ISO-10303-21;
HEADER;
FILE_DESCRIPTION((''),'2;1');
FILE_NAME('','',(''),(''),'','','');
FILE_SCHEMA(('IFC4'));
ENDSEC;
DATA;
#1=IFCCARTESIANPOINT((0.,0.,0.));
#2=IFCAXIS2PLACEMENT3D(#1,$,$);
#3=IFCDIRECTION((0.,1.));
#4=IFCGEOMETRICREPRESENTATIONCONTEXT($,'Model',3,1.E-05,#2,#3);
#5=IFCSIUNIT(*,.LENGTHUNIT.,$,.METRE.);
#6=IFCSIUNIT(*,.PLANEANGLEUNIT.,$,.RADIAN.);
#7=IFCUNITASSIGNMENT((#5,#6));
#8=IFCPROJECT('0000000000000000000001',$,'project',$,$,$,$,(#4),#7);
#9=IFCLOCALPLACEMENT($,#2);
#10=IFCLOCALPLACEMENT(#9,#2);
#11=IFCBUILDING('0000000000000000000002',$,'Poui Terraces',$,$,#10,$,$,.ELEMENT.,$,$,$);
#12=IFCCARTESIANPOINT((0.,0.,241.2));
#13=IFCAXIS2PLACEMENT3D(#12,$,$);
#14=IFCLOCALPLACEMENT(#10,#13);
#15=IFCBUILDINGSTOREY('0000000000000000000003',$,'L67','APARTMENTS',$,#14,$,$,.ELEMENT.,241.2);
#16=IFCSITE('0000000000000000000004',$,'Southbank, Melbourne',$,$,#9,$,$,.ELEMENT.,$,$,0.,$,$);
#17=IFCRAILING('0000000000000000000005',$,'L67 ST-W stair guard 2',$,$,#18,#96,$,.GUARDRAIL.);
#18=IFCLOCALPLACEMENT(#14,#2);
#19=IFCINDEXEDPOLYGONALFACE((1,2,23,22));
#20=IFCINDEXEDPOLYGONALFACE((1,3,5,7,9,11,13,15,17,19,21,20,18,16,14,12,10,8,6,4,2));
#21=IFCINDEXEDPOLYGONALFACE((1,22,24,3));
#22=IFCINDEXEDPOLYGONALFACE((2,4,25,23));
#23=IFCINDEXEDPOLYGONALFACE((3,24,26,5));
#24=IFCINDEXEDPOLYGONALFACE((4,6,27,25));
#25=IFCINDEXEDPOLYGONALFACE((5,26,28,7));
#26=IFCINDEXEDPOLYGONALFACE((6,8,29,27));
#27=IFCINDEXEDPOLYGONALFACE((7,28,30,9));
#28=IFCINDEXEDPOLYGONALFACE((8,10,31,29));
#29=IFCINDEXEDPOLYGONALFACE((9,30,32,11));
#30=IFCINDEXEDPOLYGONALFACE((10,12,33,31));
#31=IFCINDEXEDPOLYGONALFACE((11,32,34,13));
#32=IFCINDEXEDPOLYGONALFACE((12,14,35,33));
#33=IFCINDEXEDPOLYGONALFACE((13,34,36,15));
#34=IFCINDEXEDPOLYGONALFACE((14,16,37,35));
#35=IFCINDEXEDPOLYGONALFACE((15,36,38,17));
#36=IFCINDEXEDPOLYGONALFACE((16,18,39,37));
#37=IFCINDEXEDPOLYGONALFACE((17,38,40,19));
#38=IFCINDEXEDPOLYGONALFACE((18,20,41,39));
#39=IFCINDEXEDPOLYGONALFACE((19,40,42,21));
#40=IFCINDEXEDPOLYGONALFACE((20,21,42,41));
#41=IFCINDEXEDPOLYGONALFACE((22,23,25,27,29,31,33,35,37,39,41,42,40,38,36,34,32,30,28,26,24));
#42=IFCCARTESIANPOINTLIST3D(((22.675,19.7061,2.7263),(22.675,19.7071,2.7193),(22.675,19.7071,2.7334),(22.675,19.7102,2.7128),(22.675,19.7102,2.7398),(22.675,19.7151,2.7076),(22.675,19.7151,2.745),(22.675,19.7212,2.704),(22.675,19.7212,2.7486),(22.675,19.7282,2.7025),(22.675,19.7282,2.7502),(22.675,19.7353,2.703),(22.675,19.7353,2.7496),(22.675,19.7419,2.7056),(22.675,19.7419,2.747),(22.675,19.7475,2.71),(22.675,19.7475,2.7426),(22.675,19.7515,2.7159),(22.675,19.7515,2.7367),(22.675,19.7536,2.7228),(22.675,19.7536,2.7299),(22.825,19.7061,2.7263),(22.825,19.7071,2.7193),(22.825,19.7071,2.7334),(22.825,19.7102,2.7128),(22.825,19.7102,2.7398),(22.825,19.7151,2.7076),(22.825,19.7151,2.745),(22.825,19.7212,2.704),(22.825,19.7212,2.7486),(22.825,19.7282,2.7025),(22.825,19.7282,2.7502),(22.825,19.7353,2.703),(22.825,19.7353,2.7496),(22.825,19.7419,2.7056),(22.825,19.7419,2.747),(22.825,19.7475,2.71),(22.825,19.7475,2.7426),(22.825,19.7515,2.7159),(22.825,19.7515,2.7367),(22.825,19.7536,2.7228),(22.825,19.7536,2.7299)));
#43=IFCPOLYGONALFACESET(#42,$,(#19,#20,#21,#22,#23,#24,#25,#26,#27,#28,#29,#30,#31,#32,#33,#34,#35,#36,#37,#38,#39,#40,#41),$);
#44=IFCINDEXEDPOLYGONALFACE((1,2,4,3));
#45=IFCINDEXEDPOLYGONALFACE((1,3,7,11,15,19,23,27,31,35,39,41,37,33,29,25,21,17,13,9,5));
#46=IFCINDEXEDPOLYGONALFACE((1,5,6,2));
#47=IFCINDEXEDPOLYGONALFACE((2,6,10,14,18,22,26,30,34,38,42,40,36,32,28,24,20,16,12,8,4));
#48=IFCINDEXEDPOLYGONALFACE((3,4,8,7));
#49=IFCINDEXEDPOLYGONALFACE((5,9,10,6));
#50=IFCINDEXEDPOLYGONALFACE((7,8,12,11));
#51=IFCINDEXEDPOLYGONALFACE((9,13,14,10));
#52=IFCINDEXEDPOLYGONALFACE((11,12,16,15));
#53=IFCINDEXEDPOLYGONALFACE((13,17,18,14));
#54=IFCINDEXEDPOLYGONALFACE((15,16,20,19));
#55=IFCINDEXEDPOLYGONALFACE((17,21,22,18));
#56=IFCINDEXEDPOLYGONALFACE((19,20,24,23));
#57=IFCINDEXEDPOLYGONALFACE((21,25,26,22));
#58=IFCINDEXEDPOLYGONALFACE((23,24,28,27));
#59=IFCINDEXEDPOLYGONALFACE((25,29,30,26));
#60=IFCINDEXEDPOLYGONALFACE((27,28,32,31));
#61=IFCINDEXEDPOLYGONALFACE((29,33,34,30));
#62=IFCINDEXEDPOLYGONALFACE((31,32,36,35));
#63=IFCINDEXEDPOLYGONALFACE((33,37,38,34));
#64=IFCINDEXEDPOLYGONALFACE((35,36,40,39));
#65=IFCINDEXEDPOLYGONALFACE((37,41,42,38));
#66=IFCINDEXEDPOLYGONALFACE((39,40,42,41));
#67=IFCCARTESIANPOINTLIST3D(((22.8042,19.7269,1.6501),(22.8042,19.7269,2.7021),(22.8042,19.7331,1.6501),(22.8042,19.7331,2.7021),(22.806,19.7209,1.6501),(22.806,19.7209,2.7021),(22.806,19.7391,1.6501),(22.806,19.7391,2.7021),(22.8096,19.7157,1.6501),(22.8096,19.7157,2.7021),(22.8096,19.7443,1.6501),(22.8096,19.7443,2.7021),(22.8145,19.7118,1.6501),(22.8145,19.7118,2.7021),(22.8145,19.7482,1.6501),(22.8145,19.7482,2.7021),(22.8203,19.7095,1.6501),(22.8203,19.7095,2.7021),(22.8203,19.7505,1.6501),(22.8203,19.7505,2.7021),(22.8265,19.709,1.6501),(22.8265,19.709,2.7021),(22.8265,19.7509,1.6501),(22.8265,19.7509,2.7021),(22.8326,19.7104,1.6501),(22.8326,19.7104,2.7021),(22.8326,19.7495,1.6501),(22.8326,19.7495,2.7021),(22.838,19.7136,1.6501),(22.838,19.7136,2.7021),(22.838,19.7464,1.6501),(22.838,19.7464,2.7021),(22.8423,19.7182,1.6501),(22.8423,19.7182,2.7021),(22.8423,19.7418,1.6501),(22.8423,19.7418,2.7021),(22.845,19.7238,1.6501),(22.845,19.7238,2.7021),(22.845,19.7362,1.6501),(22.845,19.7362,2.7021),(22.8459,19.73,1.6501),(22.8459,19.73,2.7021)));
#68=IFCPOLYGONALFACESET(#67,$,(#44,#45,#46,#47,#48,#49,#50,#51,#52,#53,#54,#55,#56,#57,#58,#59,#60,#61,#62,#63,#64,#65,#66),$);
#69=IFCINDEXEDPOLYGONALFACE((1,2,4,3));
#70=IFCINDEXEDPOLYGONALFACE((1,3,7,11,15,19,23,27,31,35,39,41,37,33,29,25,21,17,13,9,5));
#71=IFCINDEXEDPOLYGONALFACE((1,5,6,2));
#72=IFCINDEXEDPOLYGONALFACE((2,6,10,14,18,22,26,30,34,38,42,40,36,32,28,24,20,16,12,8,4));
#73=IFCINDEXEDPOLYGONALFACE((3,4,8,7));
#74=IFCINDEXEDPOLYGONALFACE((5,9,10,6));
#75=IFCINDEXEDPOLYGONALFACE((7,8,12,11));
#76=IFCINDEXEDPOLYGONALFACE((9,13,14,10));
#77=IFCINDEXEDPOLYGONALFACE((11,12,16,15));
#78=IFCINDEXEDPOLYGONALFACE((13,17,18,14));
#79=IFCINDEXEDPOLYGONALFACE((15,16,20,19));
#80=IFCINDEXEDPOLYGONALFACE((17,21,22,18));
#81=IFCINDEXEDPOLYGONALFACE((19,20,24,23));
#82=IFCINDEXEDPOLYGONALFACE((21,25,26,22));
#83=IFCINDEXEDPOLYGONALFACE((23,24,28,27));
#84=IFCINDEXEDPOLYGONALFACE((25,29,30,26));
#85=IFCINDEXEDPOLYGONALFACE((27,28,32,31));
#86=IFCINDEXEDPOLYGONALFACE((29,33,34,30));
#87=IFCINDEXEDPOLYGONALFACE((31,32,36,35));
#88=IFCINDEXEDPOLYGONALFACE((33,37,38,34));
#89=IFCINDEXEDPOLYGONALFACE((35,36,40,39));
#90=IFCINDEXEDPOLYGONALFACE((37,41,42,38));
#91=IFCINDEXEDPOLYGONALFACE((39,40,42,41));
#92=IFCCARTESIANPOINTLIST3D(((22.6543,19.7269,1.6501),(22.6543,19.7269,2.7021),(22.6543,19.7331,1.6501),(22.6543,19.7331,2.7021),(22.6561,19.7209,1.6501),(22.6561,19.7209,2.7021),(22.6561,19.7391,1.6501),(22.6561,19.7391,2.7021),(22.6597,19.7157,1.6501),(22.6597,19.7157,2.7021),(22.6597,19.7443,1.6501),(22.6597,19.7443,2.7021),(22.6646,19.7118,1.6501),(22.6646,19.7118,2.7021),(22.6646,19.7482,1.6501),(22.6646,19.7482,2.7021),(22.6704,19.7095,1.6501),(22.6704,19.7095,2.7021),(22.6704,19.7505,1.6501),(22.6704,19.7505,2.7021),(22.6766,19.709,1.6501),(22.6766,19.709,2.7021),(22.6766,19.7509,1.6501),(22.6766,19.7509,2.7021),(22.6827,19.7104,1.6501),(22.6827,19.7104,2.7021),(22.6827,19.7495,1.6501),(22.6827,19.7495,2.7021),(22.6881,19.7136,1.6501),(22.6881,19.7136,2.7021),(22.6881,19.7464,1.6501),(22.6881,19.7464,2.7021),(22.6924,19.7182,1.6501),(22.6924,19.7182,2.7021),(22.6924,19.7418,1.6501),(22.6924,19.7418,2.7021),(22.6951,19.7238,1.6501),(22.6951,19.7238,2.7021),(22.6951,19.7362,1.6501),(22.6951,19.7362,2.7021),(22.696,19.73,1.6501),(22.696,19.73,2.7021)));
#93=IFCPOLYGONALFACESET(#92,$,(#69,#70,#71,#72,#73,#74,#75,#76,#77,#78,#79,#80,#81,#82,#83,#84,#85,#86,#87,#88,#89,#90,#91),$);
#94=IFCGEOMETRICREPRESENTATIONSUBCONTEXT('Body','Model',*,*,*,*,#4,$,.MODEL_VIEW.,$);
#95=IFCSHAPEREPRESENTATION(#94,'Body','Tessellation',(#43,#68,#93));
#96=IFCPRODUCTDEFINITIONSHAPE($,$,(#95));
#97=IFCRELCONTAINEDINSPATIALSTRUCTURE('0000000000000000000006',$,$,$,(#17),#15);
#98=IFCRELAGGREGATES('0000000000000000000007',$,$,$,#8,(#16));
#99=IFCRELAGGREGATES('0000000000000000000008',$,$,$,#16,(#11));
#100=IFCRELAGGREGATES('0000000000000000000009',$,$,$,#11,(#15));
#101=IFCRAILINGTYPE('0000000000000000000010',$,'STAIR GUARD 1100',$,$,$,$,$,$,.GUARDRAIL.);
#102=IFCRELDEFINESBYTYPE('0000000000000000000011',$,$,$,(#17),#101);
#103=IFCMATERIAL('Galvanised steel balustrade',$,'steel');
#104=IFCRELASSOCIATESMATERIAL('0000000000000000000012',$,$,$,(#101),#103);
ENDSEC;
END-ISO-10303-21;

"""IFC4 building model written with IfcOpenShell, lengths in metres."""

from ifc_helpers import new_model, si_unit, direction, frame, origin, origin_2d, place, context, subcontext, project, spatial, circle, extrude, material, type_object, element, save


model = new_model("IFC4")

# Units and contexts
model_context = context("Model", 3, precision=1e-05, world=origin(), true_north=direction((0.0, 1.0)))
body_context = subcontext(model_context, "Body", "Model", "MODEL_VIEW")
ifc_project = project(units=[si_unit("LENGTHUNIT", "METRE"), si_unit("PLANEANGLEUNIT", "RADIAN")], contexts=[model_context])

# Site, building, storey
site_placement = place(None, origin())
site = spatial("IfcSite", under=ifc_project, at=site_placement, Name="Southbank, Melbourne", CompositionType="ELEMENT", RefElevation=0.0)
building_placement = place(site_placement, origin())
building = spatial("IfcBuilding", under=site, at=building_placement, Name="Poui Terraces", CompositionType="ELEMENT")
storey_placement = place(building_placement, frame((0.0, 0.0, 241.2)))
storey = spatial("IfcBuildingStorey", under=building, at=storey_placement, Name="L67", Description="APARTMENTS", CompositionType="ELEMENT", Elevation=241.2)

# Railing
ifc_material_1 = material(Name="Galvanised steel balustrade", Category="steel")
railing_type_1 = type_object("IfcRailingType", Name="STAIR GUARD 1100", PredefinedType="GUARDRAIL", material=ifc_material_1)
railing_1_placement = place(storey_placement, frame((22.825, 19.73, 1.6501)))
element("IfcRailing", 1, at=railing_1_placement, inside=storey, type_object=railing_type_1, Name="L67 ST-W stair guard 2", PredefinedType="GUARDRAIL", context=body_context, shape_type="SweptSolid", body=[
    extrude(circle(Radius=0.0239, at=origin_2d()), frame((0.0, 0.0, 1.0762), z_axis=(-1.0, 0.0, 0.0), x_axis=(0.0, -1.0, 0.0)), (0.0, 0.0, 1.0), 0.1499),
    extrude(circle(Radius=0.021, at=origin_2d()), origin(), (0.0, 0.0, 1.0), 1.052),
    extrude(circle(Radius=0.021, at=origin_2d()), frame((-0.1499, 0.0, 0.0)), (0.0, 0.0, 1.0), 1.052),
])

save(model, "model.ifc")
